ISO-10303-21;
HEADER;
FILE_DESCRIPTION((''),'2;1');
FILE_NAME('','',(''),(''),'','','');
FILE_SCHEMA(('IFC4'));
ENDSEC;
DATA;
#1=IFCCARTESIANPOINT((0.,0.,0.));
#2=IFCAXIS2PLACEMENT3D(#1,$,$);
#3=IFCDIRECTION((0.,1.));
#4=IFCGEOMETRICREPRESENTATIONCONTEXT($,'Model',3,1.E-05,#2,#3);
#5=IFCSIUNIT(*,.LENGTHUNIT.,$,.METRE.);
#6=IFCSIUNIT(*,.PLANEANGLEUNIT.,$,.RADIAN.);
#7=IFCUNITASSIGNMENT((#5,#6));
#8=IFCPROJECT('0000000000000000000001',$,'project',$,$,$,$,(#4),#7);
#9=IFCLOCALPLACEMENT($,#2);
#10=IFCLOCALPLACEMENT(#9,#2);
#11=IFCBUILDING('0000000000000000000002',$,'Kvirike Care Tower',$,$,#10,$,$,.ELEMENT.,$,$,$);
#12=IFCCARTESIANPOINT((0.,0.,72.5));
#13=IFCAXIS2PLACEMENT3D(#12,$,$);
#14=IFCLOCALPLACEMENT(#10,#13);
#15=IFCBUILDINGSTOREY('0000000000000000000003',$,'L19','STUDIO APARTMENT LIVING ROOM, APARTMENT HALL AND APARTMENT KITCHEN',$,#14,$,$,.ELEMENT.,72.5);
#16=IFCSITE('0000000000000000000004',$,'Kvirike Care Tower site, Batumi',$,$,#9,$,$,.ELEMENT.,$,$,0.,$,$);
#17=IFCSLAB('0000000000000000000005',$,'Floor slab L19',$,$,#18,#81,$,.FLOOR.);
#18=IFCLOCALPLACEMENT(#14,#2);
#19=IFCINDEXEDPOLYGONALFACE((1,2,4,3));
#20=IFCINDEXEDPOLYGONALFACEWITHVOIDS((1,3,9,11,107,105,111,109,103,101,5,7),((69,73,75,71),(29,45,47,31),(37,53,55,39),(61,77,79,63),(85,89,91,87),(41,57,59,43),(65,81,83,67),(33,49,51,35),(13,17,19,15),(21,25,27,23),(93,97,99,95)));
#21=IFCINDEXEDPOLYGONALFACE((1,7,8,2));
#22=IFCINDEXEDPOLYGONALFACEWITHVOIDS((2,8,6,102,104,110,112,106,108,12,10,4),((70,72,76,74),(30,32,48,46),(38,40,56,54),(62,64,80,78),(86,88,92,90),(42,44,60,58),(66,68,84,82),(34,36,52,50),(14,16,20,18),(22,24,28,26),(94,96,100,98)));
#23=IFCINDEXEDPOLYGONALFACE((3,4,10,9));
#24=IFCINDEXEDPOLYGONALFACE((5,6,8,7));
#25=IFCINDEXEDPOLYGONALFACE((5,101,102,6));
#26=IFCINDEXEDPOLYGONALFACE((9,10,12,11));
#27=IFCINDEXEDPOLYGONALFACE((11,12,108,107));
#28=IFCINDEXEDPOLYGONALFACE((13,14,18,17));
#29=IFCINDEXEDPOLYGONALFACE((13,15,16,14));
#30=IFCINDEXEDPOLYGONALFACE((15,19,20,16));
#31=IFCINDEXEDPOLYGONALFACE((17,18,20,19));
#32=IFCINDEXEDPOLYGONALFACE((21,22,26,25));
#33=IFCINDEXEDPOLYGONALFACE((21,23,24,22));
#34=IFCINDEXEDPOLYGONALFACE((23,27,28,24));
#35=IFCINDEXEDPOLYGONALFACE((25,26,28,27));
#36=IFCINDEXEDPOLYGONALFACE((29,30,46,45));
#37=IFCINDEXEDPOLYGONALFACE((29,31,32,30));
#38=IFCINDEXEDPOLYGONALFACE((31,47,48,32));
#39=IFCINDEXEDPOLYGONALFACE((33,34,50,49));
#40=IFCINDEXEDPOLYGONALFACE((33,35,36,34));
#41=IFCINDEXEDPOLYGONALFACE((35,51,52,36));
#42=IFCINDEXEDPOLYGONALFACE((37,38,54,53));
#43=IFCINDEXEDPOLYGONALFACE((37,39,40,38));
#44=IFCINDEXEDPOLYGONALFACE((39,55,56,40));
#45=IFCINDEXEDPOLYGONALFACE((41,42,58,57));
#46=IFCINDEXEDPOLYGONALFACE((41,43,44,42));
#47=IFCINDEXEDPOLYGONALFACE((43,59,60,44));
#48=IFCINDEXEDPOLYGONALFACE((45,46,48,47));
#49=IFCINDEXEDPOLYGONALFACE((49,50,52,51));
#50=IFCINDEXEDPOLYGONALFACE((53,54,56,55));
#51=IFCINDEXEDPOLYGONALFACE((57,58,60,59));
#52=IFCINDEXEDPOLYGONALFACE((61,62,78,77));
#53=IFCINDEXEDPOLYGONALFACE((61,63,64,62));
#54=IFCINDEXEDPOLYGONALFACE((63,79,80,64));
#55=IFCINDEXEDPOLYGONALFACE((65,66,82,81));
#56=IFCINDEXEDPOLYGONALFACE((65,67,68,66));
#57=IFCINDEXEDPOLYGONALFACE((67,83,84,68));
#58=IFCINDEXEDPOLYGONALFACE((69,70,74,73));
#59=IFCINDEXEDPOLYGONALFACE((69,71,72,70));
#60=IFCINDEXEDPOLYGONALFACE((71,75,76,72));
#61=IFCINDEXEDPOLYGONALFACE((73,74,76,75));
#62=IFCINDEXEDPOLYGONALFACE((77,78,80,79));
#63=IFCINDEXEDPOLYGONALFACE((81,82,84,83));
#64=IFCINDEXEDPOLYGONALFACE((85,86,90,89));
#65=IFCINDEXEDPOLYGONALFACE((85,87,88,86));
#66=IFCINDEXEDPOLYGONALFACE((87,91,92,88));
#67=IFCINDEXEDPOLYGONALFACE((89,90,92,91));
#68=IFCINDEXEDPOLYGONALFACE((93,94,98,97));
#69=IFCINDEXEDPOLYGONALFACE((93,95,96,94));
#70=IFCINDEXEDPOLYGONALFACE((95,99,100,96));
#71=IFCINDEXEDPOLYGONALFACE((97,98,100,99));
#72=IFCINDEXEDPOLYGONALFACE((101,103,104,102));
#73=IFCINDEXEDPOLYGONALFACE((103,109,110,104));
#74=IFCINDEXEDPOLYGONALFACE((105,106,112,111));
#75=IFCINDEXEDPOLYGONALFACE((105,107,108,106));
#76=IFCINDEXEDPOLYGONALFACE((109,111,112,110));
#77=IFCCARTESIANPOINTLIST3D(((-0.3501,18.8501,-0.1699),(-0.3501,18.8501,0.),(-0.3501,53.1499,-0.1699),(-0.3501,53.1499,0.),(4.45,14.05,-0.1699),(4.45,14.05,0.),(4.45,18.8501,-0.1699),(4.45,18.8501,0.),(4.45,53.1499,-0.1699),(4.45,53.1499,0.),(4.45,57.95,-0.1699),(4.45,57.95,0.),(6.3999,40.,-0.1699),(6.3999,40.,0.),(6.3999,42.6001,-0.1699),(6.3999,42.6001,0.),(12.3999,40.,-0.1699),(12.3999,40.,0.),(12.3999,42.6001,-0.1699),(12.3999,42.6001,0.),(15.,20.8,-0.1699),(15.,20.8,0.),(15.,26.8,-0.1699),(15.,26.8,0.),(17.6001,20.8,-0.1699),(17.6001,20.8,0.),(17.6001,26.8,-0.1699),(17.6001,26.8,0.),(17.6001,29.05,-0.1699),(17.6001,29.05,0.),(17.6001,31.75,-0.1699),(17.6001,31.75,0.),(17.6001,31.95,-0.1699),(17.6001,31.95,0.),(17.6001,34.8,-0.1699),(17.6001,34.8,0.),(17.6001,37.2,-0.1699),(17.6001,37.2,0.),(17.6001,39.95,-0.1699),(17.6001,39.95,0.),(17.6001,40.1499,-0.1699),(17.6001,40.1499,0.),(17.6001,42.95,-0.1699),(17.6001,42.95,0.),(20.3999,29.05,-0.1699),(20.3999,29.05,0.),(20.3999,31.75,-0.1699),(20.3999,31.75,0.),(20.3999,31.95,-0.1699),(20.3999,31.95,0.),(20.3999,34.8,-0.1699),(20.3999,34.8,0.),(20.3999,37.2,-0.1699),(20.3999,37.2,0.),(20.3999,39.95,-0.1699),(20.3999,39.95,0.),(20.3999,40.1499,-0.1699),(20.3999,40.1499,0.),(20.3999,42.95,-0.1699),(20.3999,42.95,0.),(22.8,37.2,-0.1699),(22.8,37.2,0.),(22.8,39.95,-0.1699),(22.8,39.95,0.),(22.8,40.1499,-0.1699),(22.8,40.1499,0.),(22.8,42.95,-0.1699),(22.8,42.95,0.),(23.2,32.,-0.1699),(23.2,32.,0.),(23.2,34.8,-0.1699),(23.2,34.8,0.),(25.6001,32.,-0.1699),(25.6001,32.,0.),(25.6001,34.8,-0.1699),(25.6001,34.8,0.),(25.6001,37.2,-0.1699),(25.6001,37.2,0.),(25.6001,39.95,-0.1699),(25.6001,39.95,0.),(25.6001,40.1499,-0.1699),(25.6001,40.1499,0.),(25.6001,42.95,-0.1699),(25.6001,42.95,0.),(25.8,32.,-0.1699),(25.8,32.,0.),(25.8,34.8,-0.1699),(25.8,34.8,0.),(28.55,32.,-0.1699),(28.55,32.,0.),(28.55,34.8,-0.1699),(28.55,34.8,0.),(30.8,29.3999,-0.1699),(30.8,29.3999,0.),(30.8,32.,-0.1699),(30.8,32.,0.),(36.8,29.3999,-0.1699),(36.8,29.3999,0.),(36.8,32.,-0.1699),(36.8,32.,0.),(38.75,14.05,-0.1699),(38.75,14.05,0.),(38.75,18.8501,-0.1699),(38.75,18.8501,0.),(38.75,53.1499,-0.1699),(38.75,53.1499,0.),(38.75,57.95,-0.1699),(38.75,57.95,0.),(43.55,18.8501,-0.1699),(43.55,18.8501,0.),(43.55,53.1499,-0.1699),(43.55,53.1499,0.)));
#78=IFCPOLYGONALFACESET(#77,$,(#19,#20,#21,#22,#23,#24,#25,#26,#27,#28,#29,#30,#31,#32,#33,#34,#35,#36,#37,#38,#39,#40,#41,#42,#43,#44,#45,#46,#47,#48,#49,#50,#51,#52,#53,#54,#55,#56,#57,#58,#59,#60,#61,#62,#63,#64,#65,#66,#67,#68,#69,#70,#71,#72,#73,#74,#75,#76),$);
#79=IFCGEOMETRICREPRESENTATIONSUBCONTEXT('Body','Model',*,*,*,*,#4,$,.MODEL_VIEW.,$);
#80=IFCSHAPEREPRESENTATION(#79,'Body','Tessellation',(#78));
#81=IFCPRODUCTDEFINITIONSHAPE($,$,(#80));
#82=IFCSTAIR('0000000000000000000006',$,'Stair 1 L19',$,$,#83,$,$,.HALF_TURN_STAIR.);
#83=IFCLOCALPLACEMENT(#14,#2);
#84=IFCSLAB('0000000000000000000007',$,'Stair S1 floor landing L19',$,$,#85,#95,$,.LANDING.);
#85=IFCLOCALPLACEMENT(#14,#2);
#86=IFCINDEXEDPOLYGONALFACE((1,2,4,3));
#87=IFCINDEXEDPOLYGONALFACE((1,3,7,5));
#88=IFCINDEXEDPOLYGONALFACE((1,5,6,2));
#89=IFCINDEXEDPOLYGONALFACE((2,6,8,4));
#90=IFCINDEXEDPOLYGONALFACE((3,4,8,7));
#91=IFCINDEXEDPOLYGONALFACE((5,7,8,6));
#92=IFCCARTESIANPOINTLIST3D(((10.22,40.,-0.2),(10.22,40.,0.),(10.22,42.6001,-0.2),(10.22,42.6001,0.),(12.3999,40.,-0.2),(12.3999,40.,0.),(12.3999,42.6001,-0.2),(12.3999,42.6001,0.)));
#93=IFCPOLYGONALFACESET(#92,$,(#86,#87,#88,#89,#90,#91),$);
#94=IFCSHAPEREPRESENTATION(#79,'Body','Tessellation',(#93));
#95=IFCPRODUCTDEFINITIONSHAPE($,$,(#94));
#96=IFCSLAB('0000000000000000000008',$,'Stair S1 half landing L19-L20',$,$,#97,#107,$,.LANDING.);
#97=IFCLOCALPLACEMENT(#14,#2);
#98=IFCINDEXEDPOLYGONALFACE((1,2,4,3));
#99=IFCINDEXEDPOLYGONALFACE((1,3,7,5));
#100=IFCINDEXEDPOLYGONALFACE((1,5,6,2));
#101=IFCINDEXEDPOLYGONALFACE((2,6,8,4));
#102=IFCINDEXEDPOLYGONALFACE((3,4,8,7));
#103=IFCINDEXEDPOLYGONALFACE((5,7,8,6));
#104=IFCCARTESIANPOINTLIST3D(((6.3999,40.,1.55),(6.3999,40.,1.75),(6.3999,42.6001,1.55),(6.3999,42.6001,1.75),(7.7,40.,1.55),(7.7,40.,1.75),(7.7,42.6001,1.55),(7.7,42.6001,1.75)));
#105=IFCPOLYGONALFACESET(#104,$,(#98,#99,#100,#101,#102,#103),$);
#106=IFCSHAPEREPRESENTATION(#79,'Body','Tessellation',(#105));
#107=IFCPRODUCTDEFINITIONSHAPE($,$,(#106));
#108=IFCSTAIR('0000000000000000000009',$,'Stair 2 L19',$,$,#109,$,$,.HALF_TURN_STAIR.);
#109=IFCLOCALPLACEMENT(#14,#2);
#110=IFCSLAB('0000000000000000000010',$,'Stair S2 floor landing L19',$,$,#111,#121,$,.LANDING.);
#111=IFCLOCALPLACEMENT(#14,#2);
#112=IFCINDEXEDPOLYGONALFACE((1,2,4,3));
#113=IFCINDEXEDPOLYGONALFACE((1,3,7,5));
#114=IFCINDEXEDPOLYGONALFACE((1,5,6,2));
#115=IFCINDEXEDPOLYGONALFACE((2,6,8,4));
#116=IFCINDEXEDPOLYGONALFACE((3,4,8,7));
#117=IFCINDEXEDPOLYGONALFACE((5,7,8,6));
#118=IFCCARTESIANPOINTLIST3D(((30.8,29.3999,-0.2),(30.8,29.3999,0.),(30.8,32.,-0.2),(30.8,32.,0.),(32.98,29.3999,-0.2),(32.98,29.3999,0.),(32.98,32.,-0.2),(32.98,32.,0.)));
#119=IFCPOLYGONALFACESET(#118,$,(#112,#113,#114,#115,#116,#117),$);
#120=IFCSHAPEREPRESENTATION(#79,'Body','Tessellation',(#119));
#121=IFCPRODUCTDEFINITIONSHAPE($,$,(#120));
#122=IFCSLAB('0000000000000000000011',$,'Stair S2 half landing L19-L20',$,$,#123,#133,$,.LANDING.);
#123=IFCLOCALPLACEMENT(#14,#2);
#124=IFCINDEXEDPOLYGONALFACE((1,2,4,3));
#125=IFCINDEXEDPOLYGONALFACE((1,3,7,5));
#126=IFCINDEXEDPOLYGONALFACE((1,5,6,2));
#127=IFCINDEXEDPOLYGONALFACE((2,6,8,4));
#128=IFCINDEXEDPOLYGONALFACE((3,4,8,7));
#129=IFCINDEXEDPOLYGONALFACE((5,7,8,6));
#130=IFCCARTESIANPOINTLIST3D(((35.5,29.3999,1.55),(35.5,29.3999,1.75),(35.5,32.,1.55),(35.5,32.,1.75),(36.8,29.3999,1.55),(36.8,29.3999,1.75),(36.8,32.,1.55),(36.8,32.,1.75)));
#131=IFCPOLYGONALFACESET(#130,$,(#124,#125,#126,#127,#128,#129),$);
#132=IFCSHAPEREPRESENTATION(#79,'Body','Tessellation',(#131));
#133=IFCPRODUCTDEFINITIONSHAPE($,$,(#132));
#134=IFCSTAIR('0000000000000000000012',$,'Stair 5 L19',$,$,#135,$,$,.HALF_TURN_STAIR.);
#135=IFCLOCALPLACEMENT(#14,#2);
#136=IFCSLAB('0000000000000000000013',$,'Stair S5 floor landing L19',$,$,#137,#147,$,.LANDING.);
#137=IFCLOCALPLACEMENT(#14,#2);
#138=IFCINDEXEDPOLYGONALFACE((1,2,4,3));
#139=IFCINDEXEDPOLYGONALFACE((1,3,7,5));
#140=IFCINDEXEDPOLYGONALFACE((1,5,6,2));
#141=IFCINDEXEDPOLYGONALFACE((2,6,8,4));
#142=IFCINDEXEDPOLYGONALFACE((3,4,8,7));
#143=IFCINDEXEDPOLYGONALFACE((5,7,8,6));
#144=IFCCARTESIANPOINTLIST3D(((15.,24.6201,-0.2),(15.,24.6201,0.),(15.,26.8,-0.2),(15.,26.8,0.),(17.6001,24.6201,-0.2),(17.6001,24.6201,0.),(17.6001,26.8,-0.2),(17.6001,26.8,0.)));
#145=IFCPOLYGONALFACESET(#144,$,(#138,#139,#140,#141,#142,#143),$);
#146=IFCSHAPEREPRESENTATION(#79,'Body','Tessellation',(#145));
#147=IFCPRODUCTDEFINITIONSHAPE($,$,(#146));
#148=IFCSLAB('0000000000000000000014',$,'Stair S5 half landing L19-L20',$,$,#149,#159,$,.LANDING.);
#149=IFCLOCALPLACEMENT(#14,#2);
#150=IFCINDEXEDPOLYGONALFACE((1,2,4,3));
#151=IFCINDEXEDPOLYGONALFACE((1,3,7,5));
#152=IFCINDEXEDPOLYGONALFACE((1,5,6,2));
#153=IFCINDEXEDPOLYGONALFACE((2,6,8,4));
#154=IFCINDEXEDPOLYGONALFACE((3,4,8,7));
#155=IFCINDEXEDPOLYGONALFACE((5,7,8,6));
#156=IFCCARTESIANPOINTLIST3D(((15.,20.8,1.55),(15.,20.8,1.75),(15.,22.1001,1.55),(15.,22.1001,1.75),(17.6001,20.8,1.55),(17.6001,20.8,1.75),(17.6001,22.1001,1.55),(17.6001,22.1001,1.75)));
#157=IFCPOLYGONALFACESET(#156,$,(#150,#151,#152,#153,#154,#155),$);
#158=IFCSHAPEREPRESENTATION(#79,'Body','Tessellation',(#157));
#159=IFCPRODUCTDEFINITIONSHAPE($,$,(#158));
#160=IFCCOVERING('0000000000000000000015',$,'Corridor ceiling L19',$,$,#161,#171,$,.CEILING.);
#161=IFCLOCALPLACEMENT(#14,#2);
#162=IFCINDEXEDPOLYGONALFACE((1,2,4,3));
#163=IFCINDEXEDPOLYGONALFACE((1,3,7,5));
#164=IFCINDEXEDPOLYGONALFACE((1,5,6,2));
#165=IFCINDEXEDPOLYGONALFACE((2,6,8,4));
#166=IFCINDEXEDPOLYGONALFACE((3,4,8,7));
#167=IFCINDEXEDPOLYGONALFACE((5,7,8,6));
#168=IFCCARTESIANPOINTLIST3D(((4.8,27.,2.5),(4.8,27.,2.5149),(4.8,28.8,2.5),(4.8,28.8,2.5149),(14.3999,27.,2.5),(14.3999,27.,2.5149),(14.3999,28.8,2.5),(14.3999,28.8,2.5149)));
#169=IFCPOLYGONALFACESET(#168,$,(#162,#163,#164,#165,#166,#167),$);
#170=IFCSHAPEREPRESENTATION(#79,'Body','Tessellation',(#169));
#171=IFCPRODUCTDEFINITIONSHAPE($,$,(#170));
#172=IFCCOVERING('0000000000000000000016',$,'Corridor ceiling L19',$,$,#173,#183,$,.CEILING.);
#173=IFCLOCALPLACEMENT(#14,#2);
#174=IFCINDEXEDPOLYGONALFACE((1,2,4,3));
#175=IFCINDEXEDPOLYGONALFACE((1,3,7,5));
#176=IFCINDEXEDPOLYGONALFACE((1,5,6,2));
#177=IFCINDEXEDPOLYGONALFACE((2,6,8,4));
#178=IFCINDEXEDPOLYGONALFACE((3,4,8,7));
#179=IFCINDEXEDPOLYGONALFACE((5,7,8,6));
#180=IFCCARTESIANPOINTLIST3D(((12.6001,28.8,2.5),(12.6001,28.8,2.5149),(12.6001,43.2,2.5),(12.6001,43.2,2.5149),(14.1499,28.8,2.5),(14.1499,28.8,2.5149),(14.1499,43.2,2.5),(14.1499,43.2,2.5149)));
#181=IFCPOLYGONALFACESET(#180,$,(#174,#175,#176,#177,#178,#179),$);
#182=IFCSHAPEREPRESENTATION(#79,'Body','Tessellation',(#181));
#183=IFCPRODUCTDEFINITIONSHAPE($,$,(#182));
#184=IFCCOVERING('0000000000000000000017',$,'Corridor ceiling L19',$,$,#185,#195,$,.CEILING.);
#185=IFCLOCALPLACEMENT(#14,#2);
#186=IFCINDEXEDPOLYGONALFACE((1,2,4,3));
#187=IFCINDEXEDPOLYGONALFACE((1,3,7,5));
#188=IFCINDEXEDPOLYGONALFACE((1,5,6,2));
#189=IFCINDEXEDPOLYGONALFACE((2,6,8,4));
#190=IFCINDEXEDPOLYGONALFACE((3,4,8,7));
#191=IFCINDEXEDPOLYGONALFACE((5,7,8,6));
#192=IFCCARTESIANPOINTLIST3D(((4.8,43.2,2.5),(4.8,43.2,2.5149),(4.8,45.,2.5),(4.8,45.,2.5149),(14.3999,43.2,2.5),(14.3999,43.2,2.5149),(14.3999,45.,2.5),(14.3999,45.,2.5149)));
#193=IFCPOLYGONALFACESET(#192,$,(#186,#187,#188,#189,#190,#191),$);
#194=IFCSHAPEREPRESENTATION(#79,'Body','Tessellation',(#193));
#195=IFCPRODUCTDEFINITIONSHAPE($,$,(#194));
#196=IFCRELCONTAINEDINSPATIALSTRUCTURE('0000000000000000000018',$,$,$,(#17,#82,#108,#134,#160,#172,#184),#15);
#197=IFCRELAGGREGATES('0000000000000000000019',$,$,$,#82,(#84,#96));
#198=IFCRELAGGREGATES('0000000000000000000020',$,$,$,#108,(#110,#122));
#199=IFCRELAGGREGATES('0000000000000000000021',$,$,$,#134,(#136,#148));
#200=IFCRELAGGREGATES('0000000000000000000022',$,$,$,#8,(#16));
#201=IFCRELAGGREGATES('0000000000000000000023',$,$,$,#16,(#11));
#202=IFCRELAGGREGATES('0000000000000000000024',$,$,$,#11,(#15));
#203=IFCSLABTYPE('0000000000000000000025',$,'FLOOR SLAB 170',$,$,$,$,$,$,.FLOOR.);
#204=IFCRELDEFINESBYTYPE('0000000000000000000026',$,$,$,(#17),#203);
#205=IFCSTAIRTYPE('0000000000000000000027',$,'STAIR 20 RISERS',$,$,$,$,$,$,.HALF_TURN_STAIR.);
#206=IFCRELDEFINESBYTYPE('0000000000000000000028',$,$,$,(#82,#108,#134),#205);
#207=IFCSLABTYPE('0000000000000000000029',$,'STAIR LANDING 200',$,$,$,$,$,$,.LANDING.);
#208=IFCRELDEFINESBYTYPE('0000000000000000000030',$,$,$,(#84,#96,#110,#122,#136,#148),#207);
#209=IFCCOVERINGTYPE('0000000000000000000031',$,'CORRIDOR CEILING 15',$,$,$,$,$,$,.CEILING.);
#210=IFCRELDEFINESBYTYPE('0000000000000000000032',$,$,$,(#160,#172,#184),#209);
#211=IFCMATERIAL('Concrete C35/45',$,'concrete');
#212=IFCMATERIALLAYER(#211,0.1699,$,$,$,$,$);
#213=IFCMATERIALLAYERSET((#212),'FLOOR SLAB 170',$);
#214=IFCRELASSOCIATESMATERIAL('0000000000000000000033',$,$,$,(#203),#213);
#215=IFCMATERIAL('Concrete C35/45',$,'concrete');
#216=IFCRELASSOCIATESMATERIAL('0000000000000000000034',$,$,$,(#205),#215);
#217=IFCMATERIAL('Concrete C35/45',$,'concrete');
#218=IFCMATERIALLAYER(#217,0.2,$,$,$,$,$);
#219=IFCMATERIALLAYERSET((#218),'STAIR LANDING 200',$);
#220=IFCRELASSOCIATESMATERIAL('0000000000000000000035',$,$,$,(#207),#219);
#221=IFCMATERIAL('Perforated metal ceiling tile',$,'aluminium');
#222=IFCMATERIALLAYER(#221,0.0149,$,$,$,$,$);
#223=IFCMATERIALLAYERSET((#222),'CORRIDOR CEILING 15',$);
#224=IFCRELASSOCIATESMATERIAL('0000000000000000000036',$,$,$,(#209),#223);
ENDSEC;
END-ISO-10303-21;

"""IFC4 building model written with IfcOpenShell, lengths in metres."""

from ifc_helpers import new_model, si_unit, direction, frame, origin, place, context, subcontext, project, spatial, polyline, outline, extrude, material, layer, layer_set, type_object, element, aggregate, save


model = new_model("IFC4")

# Units and contexts
model_context = context("Model", 3, precision=1e-05, world=origin(), true_north=direction((0.0, 1.0)))
body_context = subcontext(model_context, "Body", "Model", "MODEL_VIEW")
ifc_project = project(units=[si_unit("LENGTHUNIT", "METRE"), si_unit("PLANEANGLEUNIT", "RADIAN")], contexts=[model_context])

# Site, building, storey
site_placement = place(None, origin())
site = spatial("IfcSite", under=ifc_project, at=site_placement, Name="Kvirike Care Tower site, Batumi", CompositionType="ELEMENT", RefElevation=0.0)
building_placement = place(site_placement, origin())
building = spatial("IfcBuilding", under=site, at=building_placement, Name="Kvirike Care Tower", CompositionType="ELEMENT")
storey_placement = place(building_placement, frame((0.0, 0.0, 72.5)))
storey = spatial("IfcBuildingStorey", under=building, at=storey_placement, Name="L19", Description="STUDIO APARTMENT LIVING ROOM, APARTMENT HALL AND APARTMENT KITCHEN", CompositionType="ELEMENT", Elevation=72.5)

# Slab
ifc_material_1 = material(Name="Concrete C35/45", Category="concrete")
ifc_layer_1 = layer(ifc_material_1, 0.1699)
ifc_layer_set_1 = layer_set([ifc_layer_1], Name="FLOOR SLAB 170")
slab_type_1 = type_object("IfcSlabType", Name="FLOOR SLAB 170", PredefinedType="FLOOR", material=ifc_layer_set_1)
slab_1_placement = place(storey_placement, frame((0.0, 0.0, -0.1699)))
element("IfcSlab", 1, at=slab_1_placement, inside=storey, type_object=slab_type_1, Name="Floor slab L19", PredefinedType="FLOOR", context=body_context, shape_type="SweptSolid", body=[
    extrude(outline(polyline([(-0.3501, 53.1499), (-0.3501, 18.8501), (4.45, 18.8501), (4.45, 14.05), (38.75, 14.05), (38.75, 18.8501), (43.55, 18.8501), (43.55, 53.1499), (38.75, 53.1499), (38.75, 57.95), (4.45, 57.95), (4.45, 53.1499), (-0.3501, 53.1499)]), holes=[polyline([(17.6001, 29.05), (17.6001, 31.75), (20.3999, 31.75), (20.3999, 29.05), (17.6001, 29.05)]), polyline([(17.6001, 31.95), (17.6001, 34.8), (20.3999, 34.8), (20.3999, 31.95), (17.6001, 31.95)]), polyline([(17.6001, 37.2), (17.6001, 39.95), (20.3999, 39.95), (20.3999, 37.2), (17.6001, 37.2)]), polyline([(17.6001, 40.1499), (17.6001, 42.95), (20.3999, 42.95), (20.3999, 40.1499), (17.6001, 40.1499)]), polyline([(22.8, 37.2), (22.8, 39.95), (25.6001, 39.95), (25.6001, 37.2), (22.8, 37.2)]), polyline([(22.8, 40.1499), (22.8, 42.95), (25.6001, 42.95), (25.6001, 40.1499), (22.8, 40.1499)]), polyline([(23.2, 32.0), (23.2, 34.8), (25.6001, 34.8), (25.6001, 32.0), (23.2, 32.0)]), polyline([(25.8, 32.0), (25.8, 34.8), (28.55, 34.8), (28.55, 32.0), (25.8, 32.0)]), polyline([(12.3999, 42.6001), (12.3999, 40.0), (6.3999, 40.0), (6.3999, 42.6001), (12.3999, 42.6001)]), polyline([(30.8, 29.3999), (30.8, 32.0), (36.8, 32.0), (36.8, 29.3999), (30.8, 29.3999)]), polyline([(15.0, 26.8), (17.6001, 26.8), (17.6001, 20.8), (15.0, 20.8), (15.0, 26.8)])]), origin(), (0.0, 0.0, 1.0), 0.1699),
])

# Stairs, slabs
ifc_material_2 = material(Name="Concrete C35/45", Category="concrete")
stair_type = type_object("IfcStairType", Name="STAIR 20 RISERS", PredefinedType="HALF_TURN_STAIR", material=ifc_material_2)
stair_1_placement = place(storey_placement, origin())
stair_1 = element("IfcStair", 2, at=stair_1_placement, inside=storey, type_object=stair_type, Name="Stair 1 L19", PredefinedType="HALF_TURN_STAIR")
ifc_material_3 = material(Name="Concrete C35/45", Category="concrete")
ifc_layer_2 = layer(ifc_material_3, 0.2)
ifc_layer_set_2 = layer_set([ifc_layer_2], Name="STAIR LANDING 200")
slab_type_2 = type_object("IfcSlabType", Name="STAIR LANDING 200", PredefinedType="LANDING", material=ifc_layer_set_2)
slab_2_placement = place(storey_placement, frame((0.0, 0.0, -0.2)))
slab_2 = element("IfcSlab", 3, at=slab_2_placement, type_object=slab_type_2, Name="Stair S1 floor landing L19", PredefinedType="LANDING", context=body_context, shape_type="SweptSolid", body=[
    extrude(outline(polyline([(10.22, 42.6001), (10.22, 40.0), (12.3999, 40.0), (12.3999, 42.6001), (10.22, 42.6001)])), origin(), (0.0, 0.0, 1.0), 0.2),
])
slab_3_placement = place(storey_placement, frame((0.0, 0.0, 1.55)))
slab_3 = element("IfcSlab", 4, at=slab_3_placement, type_object=slab_type_2, Name="Stair S1 half landing L19-L20", PredefinedType="LANDING", context=body_context, shape_type="SweptSolid", body=[
    extrude(outline(polyline([(6.3999, 42.6001), (6.3999, 40.0), (7.7, 40.0), (7.7, 42.6001), (6.3999, 42.6001)])), origin(), (0.0, 0.0, 1.0), 0.2),
])
aggregate(stair_1, [slab_2, slab_3])
stair_2_placement = place(storey_placement, origin())
stair_2 = element("IfcStair", 5, at=stair_2_placement, inside=storey, type_object=stair_type, Name="Stair 2 L19", PredefinedType="HALF_TURN_STAIR")
slab_4_placement = place(storey_placement, frame((0.0, 0.0, -0.2)))
slab_4 = element("IfcSlab", 6, at=slab_4_placement, type_object=slab_type_2, Name="Stair S2 floor landing L19", PredefinedType="LANDING", context=body_context, shape_type="SweptSolid", body=[
    extrude(outline(polyline([(32.98, 29.3999), (32.98, 32.0), (30.8, 32.0), (30.8, 29.3999), (32.98, 29.3999)])), origin(), (0.0, 0.0, 1.0), 0.2),
])
slab_5_placement = place(storey_placement, frame((0.0, 0.0, 1.55)))
slab_5 = element("IfcSlab", 7, at=slab_5_placement, type_object=slab_type_2, Name="Stair S2 half landing L19-L20", PredefinedType="LANDING", context=body_context, shape_type="SweptSolid", body=[
    extrude(outline(polyline([(36.8, 29.3999), (36.8, 32.0), (35.5, 32.0), (35.5, 29.3999), (36.8, 29.3999)])), origin(), (0.0, 0.0, 1.0), 0.2),
])
aggregate(stair_2, [slab_4, slab_5])
stair_3_placement = place(storey_placement, origin())
stair_3 = element("IfcStair", 8, at=stair_3_placement, inside=storey, type_object=stair_type, Name="Stair 5 L19", PredefinedType="HALF_TURN_STAIR")
slab_6_placement = place(storey_placement, frame((0.0, 0.0, -0.2)))
slab_6 = element("IfcSlab", 9, at=slab_6_placement, type_object=slab_type_2, Name="Stair S5 floor landing L19", PredefinedType="LANDING", context=body_context, shape_type="SweptSolid", body=[
    extrude(outline(polyline([(15.0, 24.6201), (17.6001, 24.6201), (17.6001, 26.8), (15.0, 26.8), (15.0, 24.6201)])), origin(), (0.0, 0.0, 1.0), 0.2),
])
slab_7_placement = place(storey_placement, frame((0.0, 0.0, 1.55)))
slab_7 = element("IfcSlab", 10, at=slab_7_placement, type_object=slab_type_2, Name="Stair S5 half landing L19-L20", PredefinedType="LANDING", context=body_context, shape_type="SweptSolid", body=[
    extrude(outline(polyline([(15.0, 20.8), (17.6001, 20.8), (17.6001, 22.1001), (15.0, 22.1001), (15.0, 20.8)])), origin(), (0.0, 0.0, 1.0), 0.2),
])
aggregate(stair_3, [slab_6, slab_7])

# Coverings
ifc_material_4 = material(Name="Perforated metal ceiling tile", Category="aluminium")
ifc_layer_3 = layer(ifc_material_4, 0.0149)
ifc_layer_set_3 = layer_set([ifc_layer_3], Name="CORRIDOR CEILING 15")
covering_type_1 = type_object("IfcCoveringType", Name="CORRIDOR CEILING 15", PredefinedType="CEILING", material=ifc_layer_set_3)
covering_1_placement = place(storey_placement, frame((0.0, 0.0, 2.5)))
element("IfcCovering", 11, at=covering_1_placement, inside=storey, type_object=covering_type_1, Name="Corridor ceiling L19", PredefinedType="CEILING", context=body_context, shape_type="SweptSolid", body=[
    extrude(outline(polyline([(4.8, 27.0), (4.8, 28.8), (14.3999, 28.8), (14.3999, 27.0), (4.8, 27.0)])), origin(), (0.0, 0.0, 1.0), 0.0149),
])
covering_2_placement = place(storey_placement, frame((0.0, 0.0, 2.5)))
element("IfcCovering", 12, at=covering_2_placement, inside=storey, type_object=covering_type_1, Name="Corridor ceiling L19", PredefinedType="CEILING", context=body_context, shape_type="SweptSolid", body=[
    extrude(outline(polyline([(12.6001, 43.2), (14.1499, 43.2), (14.1499, 28.8), (12.6001, 28.8), (12.6001, 43.2)])), origin(), (0.0, 0.0, 1.0), 0.0149),
])
covering_3_placement = place(storey_placement, frame((0.0, 0.0, 2.5)))
element("IfcCovering", 13, at=covering_3_placement, inside=storey, type_object=covering_type_1, Name="Corridor ceiling L19", PredefinedType="CEILING", context=body_context, shape_type="SweptSolid", body=[
    extrude(outline(polyline([(14.3999, 45.0), (14.3999, 43.2), (4.8, 43.2), (4.8, 45.0), (14.3999, 45.0)])), origin(), (0.0, 0.0, 1.0), 0.0149),
])

save(model, "model.ifc")
